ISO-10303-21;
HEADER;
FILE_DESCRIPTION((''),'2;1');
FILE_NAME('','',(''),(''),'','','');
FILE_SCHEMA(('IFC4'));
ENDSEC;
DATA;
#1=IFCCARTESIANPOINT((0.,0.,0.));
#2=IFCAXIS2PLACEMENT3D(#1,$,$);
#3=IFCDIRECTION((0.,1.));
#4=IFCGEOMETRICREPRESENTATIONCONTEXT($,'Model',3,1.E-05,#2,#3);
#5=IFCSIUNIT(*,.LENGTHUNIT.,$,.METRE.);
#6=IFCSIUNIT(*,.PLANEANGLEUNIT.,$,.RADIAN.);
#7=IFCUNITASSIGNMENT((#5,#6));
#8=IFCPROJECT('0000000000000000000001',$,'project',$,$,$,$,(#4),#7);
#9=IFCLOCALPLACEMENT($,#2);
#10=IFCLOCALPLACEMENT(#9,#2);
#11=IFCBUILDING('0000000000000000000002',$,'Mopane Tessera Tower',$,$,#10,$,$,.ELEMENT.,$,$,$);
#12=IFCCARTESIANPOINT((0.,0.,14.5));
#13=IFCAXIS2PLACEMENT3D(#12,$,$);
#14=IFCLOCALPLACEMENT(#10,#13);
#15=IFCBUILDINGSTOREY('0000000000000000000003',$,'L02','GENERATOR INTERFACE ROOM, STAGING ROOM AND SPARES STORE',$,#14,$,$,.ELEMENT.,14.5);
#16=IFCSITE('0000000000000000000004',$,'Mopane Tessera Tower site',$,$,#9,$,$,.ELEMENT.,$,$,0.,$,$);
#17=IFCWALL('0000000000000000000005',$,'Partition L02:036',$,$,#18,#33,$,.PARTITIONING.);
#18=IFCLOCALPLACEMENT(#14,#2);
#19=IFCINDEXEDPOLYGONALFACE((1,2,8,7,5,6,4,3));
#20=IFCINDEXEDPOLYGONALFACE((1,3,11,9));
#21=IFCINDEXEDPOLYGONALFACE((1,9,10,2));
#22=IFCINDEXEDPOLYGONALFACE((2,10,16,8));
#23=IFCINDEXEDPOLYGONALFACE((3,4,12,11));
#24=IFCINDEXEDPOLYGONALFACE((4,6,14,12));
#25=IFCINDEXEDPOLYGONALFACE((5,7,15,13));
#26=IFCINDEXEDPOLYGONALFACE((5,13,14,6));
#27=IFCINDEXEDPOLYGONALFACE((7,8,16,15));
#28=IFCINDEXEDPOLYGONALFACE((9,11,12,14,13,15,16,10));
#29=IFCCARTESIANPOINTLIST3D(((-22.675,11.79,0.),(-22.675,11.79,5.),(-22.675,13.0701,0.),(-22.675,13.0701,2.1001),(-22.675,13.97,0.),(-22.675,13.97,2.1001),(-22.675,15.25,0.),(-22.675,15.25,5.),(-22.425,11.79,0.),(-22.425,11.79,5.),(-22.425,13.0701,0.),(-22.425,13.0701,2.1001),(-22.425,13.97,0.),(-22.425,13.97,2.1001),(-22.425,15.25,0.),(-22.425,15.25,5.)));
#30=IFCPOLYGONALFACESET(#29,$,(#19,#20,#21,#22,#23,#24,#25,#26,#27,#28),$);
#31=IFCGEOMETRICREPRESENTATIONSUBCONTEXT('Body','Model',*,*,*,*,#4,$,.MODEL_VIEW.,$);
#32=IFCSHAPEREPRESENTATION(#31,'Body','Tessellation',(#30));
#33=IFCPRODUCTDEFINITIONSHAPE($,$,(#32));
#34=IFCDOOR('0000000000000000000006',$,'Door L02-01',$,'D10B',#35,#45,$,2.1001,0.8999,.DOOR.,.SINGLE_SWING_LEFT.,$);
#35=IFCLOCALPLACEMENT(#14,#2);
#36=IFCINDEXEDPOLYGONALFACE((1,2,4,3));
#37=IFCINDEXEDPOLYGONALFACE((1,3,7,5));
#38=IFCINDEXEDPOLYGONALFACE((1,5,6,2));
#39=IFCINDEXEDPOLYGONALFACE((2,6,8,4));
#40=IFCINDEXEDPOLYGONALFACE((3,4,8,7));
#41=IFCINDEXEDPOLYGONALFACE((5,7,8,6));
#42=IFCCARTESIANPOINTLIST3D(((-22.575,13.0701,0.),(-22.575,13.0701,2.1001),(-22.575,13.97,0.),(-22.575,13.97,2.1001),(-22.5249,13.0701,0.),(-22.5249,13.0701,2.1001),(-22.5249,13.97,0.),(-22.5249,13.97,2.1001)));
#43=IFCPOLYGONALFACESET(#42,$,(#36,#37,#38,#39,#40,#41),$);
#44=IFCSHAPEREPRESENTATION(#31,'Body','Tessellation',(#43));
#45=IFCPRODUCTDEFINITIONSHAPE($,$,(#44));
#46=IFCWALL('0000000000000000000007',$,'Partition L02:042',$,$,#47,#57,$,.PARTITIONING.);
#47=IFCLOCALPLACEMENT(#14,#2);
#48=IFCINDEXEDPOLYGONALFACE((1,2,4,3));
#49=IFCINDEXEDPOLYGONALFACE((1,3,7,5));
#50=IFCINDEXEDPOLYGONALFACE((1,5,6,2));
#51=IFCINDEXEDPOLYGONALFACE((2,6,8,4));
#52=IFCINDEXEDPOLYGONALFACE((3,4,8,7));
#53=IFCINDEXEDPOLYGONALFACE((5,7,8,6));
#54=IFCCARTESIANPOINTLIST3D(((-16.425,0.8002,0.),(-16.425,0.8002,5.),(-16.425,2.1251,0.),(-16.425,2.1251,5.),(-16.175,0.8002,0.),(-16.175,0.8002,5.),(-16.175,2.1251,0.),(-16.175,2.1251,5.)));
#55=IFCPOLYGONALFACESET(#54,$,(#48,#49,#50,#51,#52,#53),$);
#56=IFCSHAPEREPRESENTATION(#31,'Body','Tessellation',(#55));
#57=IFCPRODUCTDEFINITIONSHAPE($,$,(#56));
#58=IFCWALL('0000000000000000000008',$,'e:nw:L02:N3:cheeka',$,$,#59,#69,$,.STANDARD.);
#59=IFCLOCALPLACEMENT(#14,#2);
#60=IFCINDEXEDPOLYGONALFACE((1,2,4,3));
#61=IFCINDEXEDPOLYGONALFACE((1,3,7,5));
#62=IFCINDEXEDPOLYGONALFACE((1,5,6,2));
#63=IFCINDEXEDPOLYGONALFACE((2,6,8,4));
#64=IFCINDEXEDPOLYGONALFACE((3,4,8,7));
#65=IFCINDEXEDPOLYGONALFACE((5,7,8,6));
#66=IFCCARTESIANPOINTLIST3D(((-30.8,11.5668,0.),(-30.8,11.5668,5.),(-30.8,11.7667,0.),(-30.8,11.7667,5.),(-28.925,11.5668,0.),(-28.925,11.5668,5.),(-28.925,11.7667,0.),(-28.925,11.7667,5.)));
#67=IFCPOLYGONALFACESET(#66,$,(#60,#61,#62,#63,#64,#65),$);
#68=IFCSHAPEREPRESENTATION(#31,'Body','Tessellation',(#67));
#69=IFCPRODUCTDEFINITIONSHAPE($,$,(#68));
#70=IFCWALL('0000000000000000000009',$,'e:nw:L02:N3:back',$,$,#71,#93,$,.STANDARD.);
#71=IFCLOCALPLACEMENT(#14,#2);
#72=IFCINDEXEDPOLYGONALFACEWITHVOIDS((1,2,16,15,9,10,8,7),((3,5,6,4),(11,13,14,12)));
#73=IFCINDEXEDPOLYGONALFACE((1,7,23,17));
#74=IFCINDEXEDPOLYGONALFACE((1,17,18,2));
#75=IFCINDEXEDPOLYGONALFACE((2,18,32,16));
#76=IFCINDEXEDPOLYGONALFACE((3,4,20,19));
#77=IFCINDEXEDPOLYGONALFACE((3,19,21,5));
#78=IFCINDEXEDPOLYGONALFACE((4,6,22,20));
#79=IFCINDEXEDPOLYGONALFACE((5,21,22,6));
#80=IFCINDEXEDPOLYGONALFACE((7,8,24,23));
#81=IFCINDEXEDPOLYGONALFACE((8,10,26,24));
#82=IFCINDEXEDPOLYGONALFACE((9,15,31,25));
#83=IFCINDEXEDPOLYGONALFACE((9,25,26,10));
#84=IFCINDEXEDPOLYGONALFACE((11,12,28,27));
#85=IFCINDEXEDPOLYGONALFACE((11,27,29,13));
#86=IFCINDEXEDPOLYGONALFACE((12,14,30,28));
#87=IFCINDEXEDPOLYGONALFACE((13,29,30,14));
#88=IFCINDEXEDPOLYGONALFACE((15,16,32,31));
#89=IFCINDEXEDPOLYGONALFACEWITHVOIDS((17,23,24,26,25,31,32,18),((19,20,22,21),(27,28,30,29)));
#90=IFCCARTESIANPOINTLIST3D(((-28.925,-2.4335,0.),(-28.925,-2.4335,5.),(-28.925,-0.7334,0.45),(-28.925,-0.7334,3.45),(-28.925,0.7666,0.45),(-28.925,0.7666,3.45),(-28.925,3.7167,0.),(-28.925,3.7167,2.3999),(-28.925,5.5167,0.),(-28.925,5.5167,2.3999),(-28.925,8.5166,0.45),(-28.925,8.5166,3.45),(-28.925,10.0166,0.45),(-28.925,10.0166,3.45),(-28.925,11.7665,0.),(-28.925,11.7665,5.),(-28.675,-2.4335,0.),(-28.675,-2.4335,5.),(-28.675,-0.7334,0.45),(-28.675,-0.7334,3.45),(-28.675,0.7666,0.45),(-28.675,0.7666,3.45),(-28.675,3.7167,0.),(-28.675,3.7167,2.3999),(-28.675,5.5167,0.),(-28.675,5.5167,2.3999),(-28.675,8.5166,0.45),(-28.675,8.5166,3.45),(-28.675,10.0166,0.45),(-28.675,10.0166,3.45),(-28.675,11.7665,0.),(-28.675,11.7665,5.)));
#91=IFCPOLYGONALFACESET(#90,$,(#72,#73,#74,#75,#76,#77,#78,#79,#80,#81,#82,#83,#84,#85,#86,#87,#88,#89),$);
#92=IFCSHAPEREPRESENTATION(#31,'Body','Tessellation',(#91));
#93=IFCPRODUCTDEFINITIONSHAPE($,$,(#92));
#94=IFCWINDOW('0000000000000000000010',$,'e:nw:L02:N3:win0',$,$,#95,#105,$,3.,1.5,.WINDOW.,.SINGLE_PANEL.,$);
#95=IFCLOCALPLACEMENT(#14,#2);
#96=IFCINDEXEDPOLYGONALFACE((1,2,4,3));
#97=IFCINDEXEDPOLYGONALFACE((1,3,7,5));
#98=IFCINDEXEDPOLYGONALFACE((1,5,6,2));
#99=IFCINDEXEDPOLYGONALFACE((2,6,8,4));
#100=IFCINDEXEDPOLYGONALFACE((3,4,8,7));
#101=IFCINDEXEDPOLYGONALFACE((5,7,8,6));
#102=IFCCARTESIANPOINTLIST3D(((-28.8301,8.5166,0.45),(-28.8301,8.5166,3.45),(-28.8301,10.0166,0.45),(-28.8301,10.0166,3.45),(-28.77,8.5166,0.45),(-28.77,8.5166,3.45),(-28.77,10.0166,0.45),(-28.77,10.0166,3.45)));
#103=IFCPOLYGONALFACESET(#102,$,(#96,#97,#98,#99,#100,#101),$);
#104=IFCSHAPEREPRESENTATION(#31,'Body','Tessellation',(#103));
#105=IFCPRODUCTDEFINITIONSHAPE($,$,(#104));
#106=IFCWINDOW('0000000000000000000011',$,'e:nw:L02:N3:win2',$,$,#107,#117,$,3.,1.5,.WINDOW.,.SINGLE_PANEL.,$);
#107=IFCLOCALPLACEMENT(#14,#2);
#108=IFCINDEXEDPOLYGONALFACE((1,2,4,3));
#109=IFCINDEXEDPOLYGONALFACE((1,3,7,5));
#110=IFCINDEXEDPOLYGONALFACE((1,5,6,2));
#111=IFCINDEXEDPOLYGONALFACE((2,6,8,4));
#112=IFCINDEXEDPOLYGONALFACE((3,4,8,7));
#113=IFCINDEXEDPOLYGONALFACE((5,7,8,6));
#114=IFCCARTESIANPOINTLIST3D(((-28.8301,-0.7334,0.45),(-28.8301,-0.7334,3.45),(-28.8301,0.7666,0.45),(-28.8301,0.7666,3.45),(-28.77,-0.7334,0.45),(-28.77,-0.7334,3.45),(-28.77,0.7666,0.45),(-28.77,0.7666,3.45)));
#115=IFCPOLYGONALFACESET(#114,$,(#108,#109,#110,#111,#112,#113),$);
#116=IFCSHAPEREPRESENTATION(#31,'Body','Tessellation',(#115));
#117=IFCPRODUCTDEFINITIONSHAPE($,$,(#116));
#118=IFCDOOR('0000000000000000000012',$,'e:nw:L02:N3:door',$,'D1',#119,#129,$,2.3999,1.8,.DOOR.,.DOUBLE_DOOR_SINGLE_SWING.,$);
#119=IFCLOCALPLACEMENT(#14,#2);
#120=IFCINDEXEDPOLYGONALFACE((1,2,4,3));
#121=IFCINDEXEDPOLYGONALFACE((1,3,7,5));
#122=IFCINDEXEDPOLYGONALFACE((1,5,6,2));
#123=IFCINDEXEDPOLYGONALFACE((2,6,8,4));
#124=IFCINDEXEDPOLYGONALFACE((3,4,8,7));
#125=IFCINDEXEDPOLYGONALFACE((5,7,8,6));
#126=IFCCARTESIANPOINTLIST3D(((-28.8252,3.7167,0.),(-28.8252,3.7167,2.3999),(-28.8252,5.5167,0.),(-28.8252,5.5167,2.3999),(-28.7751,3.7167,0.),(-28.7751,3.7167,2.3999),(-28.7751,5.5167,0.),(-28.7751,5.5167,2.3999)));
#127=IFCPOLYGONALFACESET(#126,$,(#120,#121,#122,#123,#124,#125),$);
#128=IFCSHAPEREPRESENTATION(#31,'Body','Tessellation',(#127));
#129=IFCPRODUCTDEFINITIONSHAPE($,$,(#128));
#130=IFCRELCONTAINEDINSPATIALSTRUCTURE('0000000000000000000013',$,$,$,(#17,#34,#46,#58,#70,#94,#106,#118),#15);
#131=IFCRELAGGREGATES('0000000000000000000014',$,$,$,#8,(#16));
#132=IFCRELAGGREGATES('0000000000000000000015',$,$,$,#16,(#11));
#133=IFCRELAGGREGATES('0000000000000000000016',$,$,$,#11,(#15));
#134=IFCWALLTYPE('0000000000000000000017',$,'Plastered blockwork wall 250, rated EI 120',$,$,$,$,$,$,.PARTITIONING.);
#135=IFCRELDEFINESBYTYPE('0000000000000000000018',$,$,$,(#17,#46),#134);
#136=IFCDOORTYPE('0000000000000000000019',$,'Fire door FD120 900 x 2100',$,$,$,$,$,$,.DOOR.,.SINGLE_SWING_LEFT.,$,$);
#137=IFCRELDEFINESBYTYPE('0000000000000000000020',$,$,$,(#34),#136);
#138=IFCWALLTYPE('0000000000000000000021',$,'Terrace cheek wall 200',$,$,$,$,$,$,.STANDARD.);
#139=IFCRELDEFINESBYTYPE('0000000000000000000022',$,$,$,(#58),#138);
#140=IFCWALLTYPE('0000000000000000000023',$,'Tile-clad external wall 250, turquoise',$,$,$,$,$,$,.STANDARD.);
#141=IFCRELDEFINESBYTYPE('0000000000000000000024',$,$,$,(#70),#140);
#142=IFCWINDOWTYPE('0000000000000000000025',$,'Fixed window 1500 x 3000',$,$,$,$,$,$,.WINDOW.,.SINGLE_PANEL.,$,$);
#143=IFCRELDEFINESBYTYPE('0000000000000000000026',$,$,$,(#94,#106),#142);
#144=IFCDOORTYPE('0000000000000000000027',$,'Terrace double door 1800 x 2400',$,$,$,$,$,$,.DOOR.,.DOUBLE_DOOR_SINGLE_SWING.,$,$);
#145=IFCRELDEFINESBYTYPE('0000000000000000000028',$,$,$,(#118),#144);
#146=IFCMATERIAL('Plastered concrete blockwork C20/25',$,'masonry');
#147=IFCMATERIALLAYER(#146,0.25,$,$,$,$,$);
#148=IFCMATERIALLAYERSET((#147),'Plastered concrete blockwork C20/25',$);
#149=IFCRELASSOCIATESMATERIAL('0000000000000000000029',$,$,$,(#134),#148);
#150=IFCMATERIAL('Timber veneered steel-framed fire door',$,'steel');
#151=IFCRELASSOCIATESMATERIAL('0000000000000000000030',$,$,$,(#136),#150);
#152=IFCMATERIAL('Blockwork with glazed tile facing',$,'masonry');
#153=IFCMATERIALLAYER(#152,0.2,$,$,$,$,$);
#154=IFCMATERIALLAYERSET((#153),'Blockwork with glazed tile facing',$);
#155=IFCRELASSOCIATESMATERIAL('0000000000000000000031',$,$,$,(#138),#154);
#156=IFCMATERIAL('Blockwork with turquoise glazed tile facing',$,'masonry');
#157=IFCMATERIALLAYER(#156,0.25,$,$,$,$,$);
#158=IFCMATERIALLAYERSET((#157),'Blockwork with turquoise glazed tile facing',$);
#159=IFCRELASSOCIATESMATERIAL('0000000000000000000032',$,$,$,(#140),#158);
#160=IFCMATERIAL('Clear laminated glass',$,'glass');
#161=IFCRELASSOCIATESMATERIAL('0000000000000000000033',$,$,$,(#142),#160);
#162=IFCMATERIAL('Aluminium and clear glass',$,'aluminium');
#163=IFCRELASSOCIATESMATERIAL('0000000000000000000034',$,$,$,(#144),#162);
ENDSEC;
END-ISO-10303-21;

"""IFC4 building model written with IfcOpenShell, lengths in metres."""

from ifc_helpers import new_model, si_unit, direction, frame, frame_2d, origin, place, context, subcontext, project, spatial, rectangle, extrude, material, layer, layer_set, type_object, element, fill, save


model = new_model("IFC4")

# Units and contexts
model_context = context("Model", 3, precision=1e-05, world=origin(), true_north=direction((0.0, 1.0)))
body_context = subcontext(model_context, "Body", "Model", "MODEL_VIEW")
ifc_project = project(units=[si_unit("LENGTHUNIT", "METRE"), si_unit("PLANEANGLEUNIT", "RADIAN")], contexts=[model_context])

# Site, building, storey
site_placement = place(None, origin())
site = spatial("IfcSite", under=ifc_project, at=site_placement, Name="Mopane Tessera Tower site", CompositionType="ELEMENT", RefElevation=0.0)
building_placement = place(site_placement, origin())
building = spatial("IfcBuilding", under=site, at=building_placement, Name="Mopane Tessera Tower", CompositionType="ELEMENT")
storey_placement = place(building_placement, frame((0.0, 0.0, 14.5)))
storey = spatial("IfcBuildingStorey", under=building, at=storey_placement, Name="L02", Description="GENERATOR INTERFACE ROOM, STAGING ROOM AND SPARES STORE", CompositionType="ELEMENT", Elevation=14.5)

# Shared definitions
ifc_material_1 = material(Name="Plastered concrete blockwork C20/25", Category="masonry")
ifc_layer_1 = layer(ifc_material_1, 0.25)
ifc_layer_set_1 = layer_set([ifc_layer_1], Name="Plastered concrete blockwork C20/25")
wall_type_1 = type_object("IfcWallType", Name="Plastered blockwork wall 250, rated EI 120", PredefinedType="PARTITIONING", material=ifc_layer_set_1)

# Wall, opening, door
wall_1_placement = place(storey_placement, frame((-22.55, 11.79, 0.0), z_axis=(0.0, 0.0, 1.0), x_axis=(0.0, 1.0, 0.0)))
wall_1 = element("IfcWall", 1, at=wall_1_placement, inside=storey, type_object=wall_type_1, Name="Partition L02:036", PredefinedType="PARTITIONING", context=body_context, shape_type="SweptSolid", body=[
    extrude(rectangle(XDim=3.46, YDim=0.25, at=frame_2d((1.73, 0.0))), origin(), (0.0, 0.0, 1.0), 5.0),
])
opening_1_placement = place(wall_1_placement, frame((1.28, 0.0, 0.0)))
opening_1 = element("IfcOpeningElement", 2, at=opening_1_placement, cuts=wall_1, PredefinedType="OPENING", context=body_context, shape_type="SweptSolid", body=[
    extrude(rectangle(XDim=0.8999, YDim=2.1001, at=frame_2d((0.45, 1.05))), frame((0.0, 0.137, 0.0), z_axis=(0.0, -1.0, 0.0), x_axis=(1.0, 0.0, 0.0)), (0.0, 0.0, 1.0), 0.2739),
])
ifc_material_2 = material(Name="Timber veneered steel-framed fire door", Category="steel")
door_type_1 = type_object("IfcDoorType", Name="Fire door FD120 900 x 2100", OperationType="SINGLE_SWING_LEFT", PredefinedType="DOOR", material=ifc_material_2)
door_1_placement = place(opening_1_placement, origin())
door_1 = element("IfcDoor", 3, at=door_1_placement, inside=storey, type_object=door_type_1, Name="Door L02-01", ObjectType="D10B", OperationType="SINGLE_SWING_LEFT", OverallHeight=2.1001, OverallWidth=0.8999, PredefinedType="DOOR", context=body_context, shape_type="SweptSolid", body=[
    extrude(rectangle(XDim=0.8999, YDim=2.1001, at=frame_2d((0.45, 1.05))), frame((0.0, 0.0249, 0.0), z_axis=(0.0, -1.0, 0.0), x_axis=(1.0, 0.0, 0.0)), (0.0, 0.0, 1.0), 0.05),
])
fill(opening_1, door_1)

# Walls
wall_2_placement = place(storey_placement, frame((-16.3, 0.8, 0.0), z_axis=(0.0, 0.0, 1.0), x_axis=(0.0, 1.0, 0.0)))
element("IfcWall", 4, at=wall_2_placement, inside=storey, type_object=wall_type_1, Name="Partition L02:042", PredefinedType="PARTITIONING", context=body_context, shape_type="SweptSolid", body=[
    extrude(rectangle(XDim=1.325, YDim=0.25, at=frame_2d((0.6626, 0.0))), origin(), (0.0, 0.0, 1.0), 5.0),
])
ifc_material_3 = material(Name="Blockwork with glazed tile facing", Category="masonry")
ifc_layer_2 = layer(ifc_material_3, 0.2)
ifc_layer_set_2 = layer_set([ifc_layer_2], Name="Blockwork with glazed tile facing")
wall_type_2 = type_object("IfcWallType", Name="Terrace cheek wall 200", PredefinedType="STANDARD", material=ifc_layer_set_2)
wall_3_placement = place(storey_placement, frame((-30.8, 11.6667, 0.0), z_axis=(0.0, 0.0, 1.0), x_axis=(1.0, 0.0, 0.0)))
element("IfcWall", 5, at=wall_3_placement, inside=storey, type_object=wall_type_2, Name="e:nw:L02:N3:cheeka", PredefinedType="STANDARD", context=body_context, shape_type="SweptSolid", body=[
    extrude(rectangle(XDim=1.875, YDim=0.2, at=frame_2d((0.9375, 0.0))), origin(), (0.0, 0.0, 1.0), 5.0),
])

# Wall, openings, windows, door
ifc_material_4 = material(Name="Blockwork with turquoise glazed tile facing", Category="masonry")
ifc_layer_3 = layer(ifc_material_4, 0.25)
ifc_layer_set_3 = layer_set([ifc_layer_3], Name="Blockwork with turquoise glazed tile facing")
wall_type_3 = type_object("IfcWallType", Name="Tile-clad external wall 250, turquoise", PredefinedType="STANDARD", material=ifc_layer_set_3)
wall_4_placement = place(storey_placement, frame((-28.8, 11.7666, 0.0), z_axis=(0.0, 0.0, 1.0), x_axis=(0.0, -1.0, 0.0)))
wall_4 = element("IfcWall", 6, at=wall_4_placement, inside=storey, type_object=wall_type_3, Name="e:nw:L02:N3:back", PredefinedType="STANDARD", context=body_context, shape_type="SweptSolid", body=[
    extrude(rectangle(XDim=14.2, YDim=0.25, at=frame_2d((7.1001, 0.0))), origin(), (0.0, 0.0, 1.0), 5.0),
])
opening_2_placement = place(wall_4_placement, frame((1.75, 0.0, 0.45)))
opening_2 = element("IfcOpeningElement", 7, at=opening_2_placement, cuts=wall_4, PredefinedType="OPENING", context=body_context, shape_type="SweptSolid", body=[
    extrude(rectangle(XDim=1.5, YDim=3.0, at=frame_2d((0.75, 1.5))), frame((0.0, 0.137, 0.0), z_axis=(0.0, -1.0, 0.0), x_axis=(1.0, 0.0, 0.0)), (0.0, 0.0, 1.0), 0.2739),
])
opening_3_placement = place(wall_4_placement, frame((6.25, 0.0, 0.0)))
opening_3 = element("IfcOpeningElement", 8, at=opening_3_placement, cuts=wall_4, PredefinedType="OPENING", context=body_context, shape_type="SweptSolid", body=[
    extrude(rectangle(XDim=1.8, YDim=2.3999, at=frame_2d((0.8999, 1.2))), frame((0.0, 0.137, 0.0), z_axis=(0.0, -1.0, 0.0), x_axis=(1.0, 0.0, 0.0)), (0.0, 0.0, 1.0), 0.2739),
])
opening_4_placement = place(wall_4_placement, frame((11.0, 0.0, 0.45)))
opening_4 = element("IfcOpeningElement", 9, at=opening_4_placement, cuts=wall_4, PredefinedType="OPENING", context=body_context, shape_type="SweptSolid", body=[
    extrude(rectangle(XDim=1.5, YDim=3.0, at=frame_2d((0.75, 1.5))), frame((0.0, 0.137, 0.0), z_axis=(0.0, -1.0, 0.0), x_axis=(1.0, 0.0, 0.0)), (0.0, 0.0, 1.0), 0.2739),
])
ifc_material_5 = material(Name="Clear laminated glass", Category="glass")
window_type = type_object("IfcWindowType", Name="Fixed window 1500 x 3000", PartitioningType="SINGLE_PANEL", PredefinedType="WINDOW", material=ifc_material_5)
window_1_placement = place(opening_2_placement, origin())
window_1 = element("IfcWindow", 10, at=window_1_placement, inside=storey, type_object=window_type, Name="e:nw:L02:N3:win0", OverallHeight=3.0, OverallWidth=1.5, PartitioningType="SINGLE_PANEL", PredefinedType="WINDOW", context=body_context, shape_type="SweptSolid", body=[
    extrude(rectangle(XDim=1.5, YDim=3.0, at=frame_2d((0.75, 1.5))), frame((0.0, 0.03, 0.0), z_axis=(0.0, -1.0, 0.0), x_axis=(1.0, 0.0, 0.0)), (0.0, 0.0, 1.0), 0.0601),
])
fill(opening_2, window_1)
window_2_placement = place(opening_4_placement, origin())
window_2 = element("IfcWindow", 11, at=window_2_placement, inside=storey, type_object=window_type, Name="e:nw:L02:N3:win2", OverallHeight=3.0, OverallWidth=1.5, PartitioningType="SINGLE_PANEL", PredefinedType="WINDOW", context=body_context, shape_type="SweptSolid", body=[
    extrude(rectangle(XDim=1.5, YDim=3.0, at=frame_2d((0.75, 1.5))), frame((0.0, 0.03, 0.0), z_axis=(0.0, -1.0, 0.0), x_axis=(1.0, 0.0, 0.0)), (0.0, 0.0, 1.0), 0.0601),
])
fill(opening_4, window_2)
ifc_material_6 = material(Name="Aluminium and clear glass", Category="aluminium")
door_type_2 = type_object("IfcDoorType", Name="Terrace double door 1800 x 2400", OperationType="DOUBLE_DOOR_SINGLE_SWING", PredefinedType="DOOR", material=ifc_material_6)
door_2_placement = place(opening_3_placement, origin())
door_2 = element("IfcDoor", 12, at=door_2_placement, inside=storey, type_object=door_type_2, Name="e:nw:L02:N3:door", ObjectType="D1", OperationType="DOUBLE_DOOR_SINGLE_SWING", OverallHeight=2.3999, OverallWidth=1.8, PredefinedType="DOOR", context=body_context, shape_type="SweptSolid", body=[
    extrude(rectangle(XDim=1.8, YDim=2.3999, at=frame_2d((0.8999, 1.2))), frame((0.0, 0.0249, 0.0), z_axis=(0.0, -1.0, 0.0), x_axis=(1.0, 0.0, 0.0)), (0.0, 0.0, 1.0), 0.05),
])
fill(opening_3, door_2)

save(model, "model.ifc")
